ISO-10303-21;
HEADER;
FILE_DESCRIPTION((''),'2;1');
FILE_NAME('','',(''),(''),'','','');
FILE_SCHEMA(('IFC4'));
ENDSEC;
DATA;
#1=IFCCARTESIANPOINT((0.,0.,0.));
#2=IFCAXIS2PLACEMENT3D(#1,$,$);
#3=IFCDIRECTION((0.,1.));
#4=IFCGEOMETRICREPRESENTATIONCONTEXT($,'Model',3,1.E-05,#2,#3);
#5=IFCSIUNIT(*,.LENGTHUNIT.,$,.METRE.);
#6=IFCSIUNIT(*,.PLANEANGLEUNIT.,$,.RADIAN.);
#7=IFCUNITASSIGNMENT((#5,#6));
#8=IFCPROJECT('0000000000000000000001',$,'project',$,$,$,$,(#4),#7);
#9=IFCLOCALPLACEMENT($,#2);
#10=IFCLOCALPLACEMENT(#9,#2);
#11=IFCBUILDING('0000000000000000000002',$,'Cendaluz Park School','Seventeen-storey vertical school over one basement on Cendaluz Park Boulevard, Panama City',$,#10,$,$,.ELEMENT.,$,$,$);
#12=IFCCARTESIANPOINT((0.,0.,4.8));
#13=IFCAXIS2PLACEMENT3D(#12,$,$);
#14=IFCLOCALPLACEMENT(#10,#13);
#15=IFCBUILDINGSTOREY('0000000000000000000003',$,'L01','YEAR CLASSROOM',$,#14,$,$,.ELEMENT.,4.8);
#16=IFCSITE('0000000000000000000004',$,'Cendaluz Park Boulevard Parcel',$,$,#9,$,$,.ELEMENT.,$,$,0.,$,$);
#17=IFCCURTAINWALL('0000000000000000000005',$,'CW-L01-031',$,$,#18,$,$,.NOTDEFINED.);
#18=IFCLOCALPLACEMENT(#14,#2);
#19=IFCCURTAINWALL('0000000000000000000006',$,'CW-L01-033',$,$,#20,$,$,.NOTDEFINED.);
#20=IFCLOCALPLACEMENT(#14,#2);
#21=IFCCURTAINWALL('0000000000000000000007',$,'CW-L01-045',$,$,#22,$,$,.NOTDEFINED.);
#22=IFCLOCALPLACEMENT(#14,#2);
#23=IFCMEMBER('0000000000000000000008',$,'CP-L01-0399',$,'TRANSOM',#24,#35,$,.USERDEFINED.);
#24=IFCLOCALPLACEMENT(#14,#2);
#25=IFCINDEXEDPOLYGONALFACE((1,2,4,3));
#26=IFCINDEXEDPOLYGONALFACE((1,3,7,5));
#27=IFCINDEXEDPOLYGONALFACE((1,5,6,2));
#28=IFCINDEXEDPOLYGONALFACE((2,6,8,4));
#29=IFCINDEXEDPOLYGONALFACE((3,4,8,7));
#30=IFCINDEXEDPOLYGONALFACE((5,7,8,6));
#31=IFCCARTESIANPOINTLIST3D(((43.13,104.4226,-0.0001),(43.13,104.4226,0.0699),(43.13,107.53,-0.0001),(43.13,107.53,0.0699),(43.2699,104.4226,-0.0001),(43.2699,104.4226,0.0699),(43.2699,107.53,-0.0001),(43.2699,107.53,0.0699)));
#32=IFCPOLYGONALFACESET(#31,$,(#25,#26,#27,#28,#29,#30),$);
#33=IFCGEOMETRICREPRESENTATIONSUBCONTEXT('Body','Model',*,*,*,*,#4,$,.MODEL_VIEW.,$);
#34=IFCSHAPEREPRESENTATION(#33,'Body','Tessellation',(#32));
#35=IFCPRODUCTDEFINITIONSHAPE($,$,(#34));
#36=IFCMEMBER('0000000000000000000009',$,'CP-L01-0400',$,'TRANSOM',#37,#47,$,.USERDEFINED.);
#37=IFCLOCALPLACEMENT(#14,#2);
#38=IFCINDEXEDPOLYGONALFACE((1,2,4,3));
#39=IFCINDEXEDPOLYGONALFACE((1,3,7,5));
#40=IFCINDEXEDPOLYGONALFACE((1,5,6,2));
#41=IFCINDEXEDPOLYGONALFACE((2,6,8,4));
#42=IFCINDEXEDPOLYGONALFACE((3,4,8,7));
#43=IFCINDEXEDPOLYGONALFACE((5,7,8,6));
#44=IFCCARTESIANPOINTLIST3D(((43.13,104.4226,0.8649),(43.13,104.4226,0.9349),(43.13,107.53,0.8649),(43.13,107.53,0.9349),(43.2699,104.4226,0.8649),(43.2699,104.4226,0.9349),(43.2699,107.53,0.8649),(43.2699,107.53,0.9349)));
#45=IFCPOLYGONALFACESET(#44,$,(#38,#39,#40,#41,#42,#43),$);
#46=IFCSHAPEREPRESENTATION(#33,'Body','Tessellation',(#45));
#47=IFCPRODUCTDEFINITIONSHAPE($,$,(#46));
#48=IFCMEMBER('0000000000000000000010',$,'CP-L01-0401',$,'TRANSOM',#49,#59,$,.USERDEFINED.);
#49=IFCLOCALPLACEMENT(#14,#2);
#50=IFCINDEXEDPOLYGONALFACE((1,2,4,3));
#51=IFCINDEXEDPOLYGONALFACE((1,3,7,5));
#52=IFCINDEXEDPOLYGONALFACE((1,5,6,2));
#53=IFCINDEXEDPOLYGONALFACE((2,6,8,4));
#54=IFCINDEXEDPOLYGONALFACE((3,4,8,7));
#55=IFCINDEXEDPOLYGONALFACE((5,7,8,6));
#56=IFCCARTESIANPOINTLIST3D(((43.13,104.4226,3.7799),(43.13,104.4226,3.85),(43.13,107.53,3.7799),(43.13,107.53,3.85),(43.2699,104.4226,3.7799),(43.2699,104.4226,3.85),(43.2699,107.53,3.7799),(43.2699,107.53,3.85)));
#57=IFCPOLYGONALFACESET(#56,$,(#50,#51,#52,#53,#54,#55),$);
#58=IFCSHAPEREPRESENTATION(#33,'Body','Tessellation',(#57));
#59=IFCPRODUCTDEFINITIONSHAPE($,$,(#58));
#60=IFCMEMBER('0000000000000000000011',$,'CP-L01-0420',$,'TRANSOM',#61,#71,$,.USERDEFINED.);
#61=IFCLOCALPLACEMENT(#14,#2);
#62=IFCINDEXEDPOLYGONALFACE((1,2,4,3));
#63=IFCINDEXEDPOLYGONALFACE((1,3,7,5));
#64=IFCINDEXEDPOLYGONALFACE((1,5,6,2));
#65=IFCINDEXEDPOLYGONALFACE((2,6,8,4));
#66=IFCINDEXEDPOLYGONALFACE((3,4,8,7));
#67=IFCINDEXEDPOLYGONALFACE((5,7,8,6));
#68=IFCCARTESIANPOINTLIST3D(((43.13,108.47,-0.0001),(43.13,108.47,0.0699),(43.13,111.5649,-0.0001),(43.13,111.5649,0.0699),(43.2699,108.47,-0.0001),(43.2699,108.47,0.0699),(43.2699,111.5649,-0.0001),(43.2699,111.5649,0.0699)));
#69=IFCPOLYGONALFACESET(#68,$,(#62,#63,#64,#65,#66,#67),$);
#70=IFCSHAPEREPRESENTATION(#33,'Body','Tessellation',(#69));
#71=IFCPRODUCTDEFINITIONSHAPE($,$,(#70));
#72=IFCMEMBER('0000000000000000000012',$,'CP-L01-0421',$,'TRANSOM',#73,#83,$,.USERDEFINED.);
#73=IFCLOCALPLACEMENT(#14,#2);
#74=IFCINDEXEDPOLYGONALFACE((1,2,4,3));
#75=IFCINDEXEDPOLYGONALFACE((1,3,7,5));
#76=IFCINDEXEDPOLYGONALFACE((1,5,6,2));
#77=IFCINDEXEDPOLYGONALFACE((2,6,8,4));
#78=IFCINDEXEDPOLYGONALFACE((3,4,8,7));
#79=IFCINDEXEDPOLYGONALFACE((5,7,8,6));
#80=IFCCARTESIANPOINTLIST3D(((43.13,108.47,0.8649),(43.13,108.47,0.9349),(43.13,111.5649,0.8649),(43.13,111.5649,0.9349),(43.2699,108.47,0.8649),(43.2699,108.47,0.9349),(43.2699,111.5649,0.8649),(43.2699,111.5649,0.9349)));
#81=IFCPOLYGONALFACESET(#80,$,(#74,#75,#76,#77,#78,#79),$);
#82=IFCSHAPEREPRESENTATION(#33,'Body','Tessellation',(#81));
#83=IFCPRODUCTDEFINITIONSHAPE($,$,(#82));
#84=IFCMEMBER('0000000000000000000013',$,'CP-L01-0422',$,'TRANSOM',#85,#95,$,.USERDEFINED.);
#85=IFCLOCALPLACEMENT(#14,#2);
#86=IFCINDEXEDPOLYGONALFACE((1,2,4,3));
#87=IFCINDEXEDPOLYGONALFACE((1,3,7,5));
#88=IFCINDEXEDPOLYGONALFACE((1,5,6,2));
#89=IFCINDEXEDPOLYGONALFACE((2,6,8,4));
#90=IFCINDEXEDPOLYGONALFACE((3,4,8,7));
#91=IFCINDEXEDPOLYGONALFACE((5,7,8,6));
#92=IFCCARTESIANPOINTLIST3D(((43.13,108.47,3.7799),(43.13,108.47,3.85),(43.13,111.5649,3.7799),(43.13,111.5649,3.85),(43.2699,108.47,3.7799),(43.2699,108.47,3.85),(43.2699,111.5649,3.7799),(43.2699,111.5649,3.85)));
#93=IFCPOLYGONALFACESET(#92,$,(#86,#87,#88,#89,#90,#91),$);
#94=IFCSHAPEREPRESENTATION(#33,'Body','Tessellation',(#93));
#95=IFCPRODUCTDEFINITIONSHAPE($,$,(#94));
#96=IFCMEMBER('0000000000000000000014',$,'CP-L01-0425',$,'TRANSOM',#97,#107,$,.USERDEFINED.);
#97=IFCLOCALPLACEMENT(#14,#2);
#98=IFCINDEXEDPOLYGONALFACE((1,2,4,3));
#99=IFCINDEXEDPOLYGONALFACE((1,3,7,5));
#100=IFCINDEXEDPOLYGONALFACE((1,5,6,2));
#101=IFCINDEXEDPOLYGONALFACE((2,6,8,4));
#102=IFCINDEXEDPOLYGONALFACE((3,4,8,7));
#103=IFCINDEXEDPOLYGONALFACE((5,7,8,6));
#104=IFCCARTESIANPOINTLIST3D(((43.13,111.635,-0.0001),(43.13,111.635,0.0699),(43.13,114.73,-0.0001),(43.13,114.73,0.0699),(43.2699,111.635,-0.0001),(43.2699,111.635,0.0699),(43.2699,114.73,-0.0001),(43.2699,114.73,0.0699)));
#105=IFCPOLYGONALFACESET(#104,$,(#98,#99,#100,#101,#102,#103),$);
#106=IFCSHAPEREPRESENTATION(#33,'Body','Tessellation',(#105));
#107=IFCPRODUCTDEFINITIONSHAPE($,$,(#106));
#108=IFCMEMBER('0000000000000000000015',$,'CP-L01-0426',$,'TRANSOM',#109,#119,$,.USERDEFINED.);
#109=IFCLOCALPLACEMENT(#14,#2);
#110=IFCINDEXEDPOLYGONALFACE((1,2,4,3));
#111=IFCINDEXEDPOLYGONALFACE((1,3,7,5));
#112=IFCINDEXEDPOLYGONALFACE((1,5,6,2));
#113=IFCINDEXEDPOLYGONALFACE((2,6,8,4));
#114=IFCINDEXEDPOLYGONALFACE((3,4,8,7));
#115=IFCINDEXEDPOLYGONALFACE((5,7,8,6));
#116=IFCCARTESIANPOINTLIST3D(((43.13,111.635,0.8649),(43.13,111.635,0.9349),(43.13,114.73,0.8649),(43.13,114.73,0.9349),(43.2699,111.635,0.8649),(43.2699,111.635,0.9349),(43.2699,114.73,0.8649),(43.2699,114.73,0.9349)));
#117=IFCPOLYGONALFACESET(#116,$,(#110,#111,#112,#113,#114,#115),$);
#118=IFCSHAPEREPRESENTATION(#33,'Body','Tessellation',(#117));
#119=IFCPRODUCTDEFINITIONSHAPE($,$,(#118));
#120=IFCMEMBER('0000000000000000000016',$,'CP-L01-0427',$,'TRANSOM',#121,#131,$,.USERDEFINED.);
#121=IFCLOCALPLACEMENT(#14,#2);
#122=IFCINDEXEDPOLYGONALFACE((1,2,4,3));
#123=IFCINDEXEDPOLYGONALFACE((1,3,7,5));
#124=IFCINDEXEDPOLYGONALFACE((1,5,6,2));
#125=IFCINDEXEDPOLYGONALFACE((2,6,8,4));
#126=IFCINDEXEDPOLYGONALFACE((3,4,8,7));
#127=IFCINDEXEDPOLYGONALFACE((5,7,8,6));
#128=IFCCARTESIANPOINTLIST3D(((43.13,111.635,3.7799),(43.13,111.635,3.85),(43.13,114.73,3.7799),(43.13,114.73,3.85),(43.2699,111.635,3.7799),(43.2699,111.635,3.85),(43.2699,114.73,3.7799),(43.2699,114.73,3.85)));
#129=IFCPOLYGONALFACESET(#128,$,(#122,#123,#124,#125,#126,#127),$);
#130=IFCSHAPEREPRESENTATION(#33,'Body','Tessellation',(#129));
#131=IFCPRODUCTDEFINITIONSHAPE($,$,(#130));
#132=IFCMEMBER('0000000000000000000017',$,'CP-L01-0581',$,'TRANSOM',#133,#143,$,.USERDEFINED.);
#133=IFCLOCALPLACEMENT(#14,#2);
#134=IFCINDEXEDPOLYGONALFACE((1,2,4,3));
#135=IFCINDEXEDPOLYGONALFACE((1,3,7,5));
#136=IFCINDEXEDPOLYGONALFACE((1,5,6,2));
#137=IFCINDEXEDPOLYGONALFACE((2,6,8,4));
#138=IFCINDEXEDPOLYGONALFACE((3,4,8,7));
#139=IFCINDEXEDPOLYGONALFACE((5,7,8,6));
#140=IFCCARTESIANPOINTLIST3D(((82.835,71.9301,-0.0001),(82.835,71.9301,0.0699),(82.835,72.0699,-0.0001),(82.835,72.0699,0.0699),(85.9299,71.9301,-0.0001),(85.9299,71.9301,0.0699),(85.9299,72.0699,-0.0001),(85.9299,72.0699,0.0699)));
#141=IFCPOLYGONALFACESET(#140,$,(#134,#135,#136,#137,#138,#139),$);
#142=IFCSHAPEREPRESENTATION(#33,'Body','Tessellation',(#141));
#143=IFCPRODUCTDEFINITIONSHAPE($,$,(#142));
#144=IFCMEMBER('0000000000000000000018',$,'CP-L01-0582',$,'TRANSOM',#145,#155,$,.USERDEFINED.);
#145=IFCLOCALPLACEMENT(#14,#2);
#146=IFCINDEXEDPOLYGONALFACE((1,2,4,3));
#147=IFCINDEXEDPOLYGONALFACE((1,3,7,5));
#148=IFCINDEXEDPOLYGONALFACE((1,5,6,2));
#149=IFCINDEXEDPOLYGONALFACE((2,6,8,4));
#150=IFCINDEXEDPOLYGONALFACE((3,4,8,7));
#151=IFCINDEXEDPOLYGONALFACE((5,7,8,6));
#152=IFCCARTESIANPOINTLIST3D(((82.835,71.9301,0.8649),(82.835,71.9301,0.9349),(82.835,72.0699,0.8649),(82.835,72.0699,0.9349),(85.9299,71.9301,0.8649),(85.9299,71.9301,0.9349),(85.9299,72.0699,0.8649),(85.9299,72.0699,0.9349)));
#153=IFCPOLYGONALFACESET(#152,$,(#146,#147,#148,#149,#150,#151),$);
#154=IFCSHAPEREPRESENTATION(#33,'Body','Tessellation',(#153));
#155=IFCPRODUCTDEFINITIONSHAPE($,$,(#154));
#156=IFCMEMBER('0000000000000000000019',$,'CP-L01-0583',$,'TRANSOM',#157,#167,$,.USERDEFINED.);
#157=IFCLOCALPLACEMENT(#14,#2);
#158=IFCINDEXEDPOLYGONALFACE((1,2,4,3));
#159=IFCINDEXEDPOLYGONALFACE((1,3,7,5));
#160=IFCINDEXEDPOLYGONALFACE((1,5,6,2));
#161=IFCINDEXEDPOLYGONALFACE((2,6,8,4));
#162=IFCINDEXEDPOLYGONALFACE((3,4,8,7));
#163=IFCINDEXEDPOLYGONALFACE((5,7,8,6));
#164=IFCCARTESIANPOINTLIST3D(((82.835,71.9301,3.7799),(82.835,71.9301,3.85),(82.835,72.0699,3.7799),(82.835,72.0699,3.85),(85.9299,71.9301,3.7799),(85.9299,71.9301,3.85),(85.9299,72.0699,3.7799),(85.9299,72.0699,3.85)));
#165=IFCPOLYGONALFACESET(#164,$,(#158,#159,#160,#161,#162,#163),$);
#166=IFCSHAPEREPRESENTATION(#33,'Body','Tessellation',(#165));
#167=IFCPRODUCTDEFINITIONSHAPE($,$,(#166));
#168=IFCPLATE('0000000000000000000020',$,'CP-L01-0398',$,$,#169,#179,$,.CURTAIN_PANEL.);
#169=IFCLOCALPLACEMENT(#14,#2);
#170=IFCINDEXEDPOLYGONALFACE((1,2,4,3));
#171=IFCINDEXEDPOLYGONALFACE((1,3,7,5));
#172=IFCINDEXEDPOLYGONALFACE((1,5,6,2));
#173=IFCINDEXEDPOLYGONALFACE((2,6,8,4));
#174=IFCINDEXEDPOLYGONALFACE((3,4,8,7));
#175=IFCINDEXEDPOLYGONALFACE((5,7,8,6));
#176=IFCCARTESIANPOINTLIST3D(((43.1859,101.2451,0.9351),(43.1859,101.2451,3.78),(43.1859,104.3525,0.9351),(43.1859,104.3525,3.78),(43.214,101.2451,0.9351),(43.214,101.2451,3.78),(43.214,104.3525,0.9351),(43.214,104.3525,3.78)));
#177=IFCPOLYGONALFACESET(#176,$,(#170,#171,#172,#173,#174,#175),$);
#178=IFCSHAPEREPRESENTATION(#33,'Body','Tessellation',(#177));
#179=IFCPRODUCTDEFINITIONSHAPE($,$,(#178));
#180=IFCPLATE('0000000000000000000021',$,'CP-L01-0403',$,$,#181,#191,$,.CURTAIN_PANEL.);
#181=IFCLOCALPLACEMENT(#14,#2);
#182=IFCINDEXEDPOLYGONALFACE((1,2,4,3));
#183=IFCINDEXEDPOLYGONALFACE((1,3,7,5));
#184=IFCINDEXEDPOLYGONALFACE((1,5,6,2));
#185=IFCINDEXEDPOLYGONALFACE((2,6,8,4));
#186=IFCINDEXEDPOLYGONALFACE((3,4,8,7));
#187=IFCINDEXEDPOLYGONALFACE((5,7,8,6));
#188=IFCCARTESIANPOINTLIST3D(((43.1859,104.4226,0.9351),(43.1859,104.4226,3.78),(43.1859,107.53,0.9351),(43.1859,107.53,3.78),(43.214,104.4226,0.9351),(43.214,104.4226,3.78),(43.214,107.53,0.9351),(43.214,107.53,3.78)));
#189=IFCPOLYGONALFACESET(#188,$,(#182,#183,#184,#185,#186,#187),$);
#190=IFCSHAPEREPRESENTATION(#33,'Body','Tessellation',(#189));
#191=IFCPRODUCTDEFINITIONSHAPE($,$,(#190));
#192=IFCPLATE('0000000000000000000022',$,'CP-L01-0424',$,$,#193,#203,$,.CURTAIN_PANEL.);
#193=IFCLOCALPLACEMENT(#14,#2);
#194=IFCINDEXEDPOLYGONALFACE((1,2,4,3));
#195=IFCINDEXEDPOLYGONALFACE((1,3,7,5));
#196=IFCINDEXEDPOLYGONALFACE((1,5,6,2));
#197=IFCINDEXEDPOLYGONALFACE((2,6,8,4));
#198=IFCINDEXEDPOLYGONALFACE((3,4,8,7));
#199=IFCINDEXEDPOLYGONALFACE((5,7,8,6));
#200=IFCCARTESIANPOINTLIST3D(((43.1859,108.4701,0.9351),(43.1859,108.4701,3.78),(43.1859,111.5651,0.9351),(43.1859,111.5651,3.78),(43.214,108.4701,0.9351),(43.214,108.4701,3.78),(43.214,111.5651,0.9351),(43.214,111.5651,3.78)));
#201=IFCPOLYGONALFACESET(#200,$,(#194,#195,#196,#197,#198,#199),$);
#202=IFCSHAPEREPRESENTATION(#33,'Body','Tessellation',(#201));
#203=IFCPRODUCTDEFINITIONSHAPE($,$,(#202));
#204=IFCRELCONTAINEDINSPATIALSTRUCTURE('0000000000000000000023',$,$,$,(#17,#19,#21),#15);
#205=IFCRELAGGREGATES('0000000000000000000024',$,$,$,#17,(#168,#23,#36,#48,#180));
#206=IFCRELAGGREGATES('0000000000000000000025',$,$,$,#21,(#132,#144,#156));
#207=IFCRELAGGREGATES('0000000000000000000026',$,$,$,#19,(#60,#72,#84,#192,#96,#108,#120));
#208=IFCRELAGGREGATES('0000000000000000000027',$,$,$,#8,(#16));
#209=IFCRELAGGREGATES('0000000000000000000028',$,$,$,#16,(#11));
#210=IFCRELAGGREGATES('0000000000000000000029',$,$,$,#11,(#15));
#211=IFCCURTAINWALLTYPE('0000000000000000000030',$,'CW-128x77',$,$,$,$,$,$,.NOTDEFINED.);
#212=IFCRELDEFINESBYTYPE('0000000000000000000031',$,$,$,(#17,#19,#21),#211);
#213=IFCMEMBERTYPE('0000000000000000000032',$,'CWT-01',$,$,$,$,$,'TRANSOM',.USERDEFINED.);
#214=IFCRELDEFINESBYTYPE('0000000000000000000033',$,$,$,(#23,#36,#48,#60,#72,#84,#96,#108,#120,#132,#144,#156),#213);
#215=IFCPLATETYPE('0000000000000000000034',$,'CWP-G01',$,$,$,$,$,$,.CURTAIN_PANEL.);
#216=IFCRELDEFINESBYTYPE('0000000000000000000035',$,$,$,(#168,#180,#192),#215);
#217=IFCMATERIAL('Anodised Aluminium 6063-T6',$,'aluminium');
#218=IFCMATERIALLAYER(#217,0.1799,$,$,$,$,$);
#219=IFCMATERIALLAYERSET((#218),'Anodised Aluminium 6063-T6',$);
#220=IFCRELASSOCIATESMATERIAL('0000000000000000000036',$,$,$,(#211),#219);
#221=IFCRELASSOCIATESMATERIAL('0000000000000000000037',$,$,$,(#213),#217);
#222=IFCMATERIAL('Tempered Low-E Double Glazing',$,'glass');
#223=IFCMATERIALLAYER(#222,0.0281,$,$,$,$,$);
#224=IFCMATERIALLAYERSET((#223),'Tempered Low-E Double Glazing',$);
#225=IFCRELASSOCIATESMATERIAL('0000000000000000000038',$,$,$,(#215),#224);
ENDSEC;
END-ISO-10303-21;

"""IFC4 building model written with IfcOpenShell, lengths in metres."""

from ifc_helpers import new_model, si_unit, direction, frame, origin, origin_2d, place, context, subcontext, project, spatial, rectangle, extrude, material, layer, layer_set, material_profile, profile_set, type_object, element, aggregate, save


model = new_model("IFC4")

# Units and contexts
model_context = context("Model", 3, precision=1e-05, world=origin(), true_north=direction((0.0, 1.0)))
body_context = subcontext(model_context, "Body", "Model", "MODEL_VIEW")
ifc_project = project(units=[si_unit("LENGTHUNIT", "METRE"), si_unit("PLANEANGLEUNIT", "RADIAN")], contexts=[model_context])

# Site, building, storey
site_placement = place(None, origin())
site = spatial("IfcSite", under=ifc_project, at=site_placement, Name="Cendaluz Park Boulevard Parcel", CompositionType="ELEMENT", RefElevation=0.0)
building_placement = place(site_placement, origin())
building = spatial("IfcBuilding", under=site, at=building_placement, Name="Cendaluz Park School", Description="Seventeen-storey vertical school over one basement on Cendaluz Park Boulevard, Panama City", CompositionType="ELEMENT")
storey_placement = place(building_placement, frame((0.0, 0.0, 4.8)))
storey = spatial("IfcBuildingStorey", under=building, at=storey_placement, Name="L01", Description="YEAR CLASSROOM", CompositionType="ELEMENT", Elevation=4.8)

# Curtain walls
ifc_material_1 = material(Name="Anodised Aluminium 6063-T6", Category="aluminium")
ifc_layer_1 = layer(ifc_material_1, 0.1799)
ifc_layer_set_1 = layer_set([ifc_layer_1], Name="Anodised Aluminium 6063-T6")
curtain_wall_type = type_object("IfcCurtainWallType", Name="CW-128x77", PredefinedType="NOTDEFINED", material=ifc_layer_set_1)
curtain_wall_1_placement = place(storey_placement, origin())
curtain_wall_1 = element("IfcCurtainWall", 1, at=curtain_wall_1_placement, inside=storey, type_object=curtain_wall_type, Name="CW-L01-031", PredefinedType="NOTDEFINED")
curtain_wall_2_placement = place(storey_placement, origin())
curtain_wall_2 = element("IfcCurtainWall", 2, at=curtain_wall_2_placement, inside=storey, type_object=curtain_wall_type, Name="CW-L01-033", PredefinedType="NOTDEFINED")
curtain_wall_3_placement = place(storey_placement, origin())
curtain_wall_3 = element("IfcCurtainWall", 3, at=curtain_wall_3_placement, inside=storey, type_object=curtain_wall_type, Name="CW-L01-045", PredefinedType="NOTDEFINED")

# Members
ifc_material_profile_1 = material_profile(ifc_material_1, rectangle(XDim=0.1399, YDim=0.0701, at=origin_2d()), Name="CWT 140x70", Category="aluminium")
ifc_profile_set_1 = profile_set([ifc_material_profile_1], Name="Anodised Aluminium 6063-T6")
member_type_1 = type_object("IfcMemberType", Name="CWT-01", ElementType="TRANSOM", PredefinedType="USERDEFINED", material=ifc_profile_set_1)
member_1_placement = place(storey_placement, frame((43.2, 104.4226, 0.0349), z_axis=(0.0, 1.0, 0.0), x_axis=(-1.0, 0.0, 0.0)))
member_1 = element("IfcMember", 4, at=member_1_placement, type_object=member_type_1, Name="CP-L01-0399", ObjectType="TRANSOM", PredefinedType="USERDEFINED", context=body_context, shape_type="SweptSolid", body=[
    extrude(rectangle(XDim=0.1399, YDim=0.0701, at=origin_2d()), origin(), (0.0, 0.0, 1.0), 3.1074),
])
member_2_placement = place(storey_placement, frame((43.2, 104.4226, 0.8999), z_axis=(0.0, 1.0, 0.0), x_axis=(-1.0, 0.0, 0.0)))
member_2 = element("IfcMember", 5, at=member_2_placement, type_object=member_type_1, Name="CP-L01-0400", ObjectType="TRANSOM", PredefinedType="USERDEFINED", context=body_context, shape_type="SweptSolid", body=[
    extrude(rectangle(XDim=0.1399, YDim=0.0701, at=origin_2d()), origin(), (0.0, 0.0, 1.0), 3.1074),
])
member_3_placement = place(storey_placement, frame((43.2, 104.4226, 3.8149), z_axis=(0.0, 1.0, 0.0), x_axis=(-1.0, 0.0, 0.0)))
member_3 = element("IfcMember", 6, at=member_3_placement, type_object=member_type_1, Name="CP-L01-0401", ObjectType="TRANSOM", PredefinedType="USERDEFINED", context=body_context, shape_type="SweptSolid", body=[
    extrude(rectangle(XDim=0.1399, YDim=0.0701, at=origin_2d()), origin(), (0.0, 0.0, 1.0), 3.1074),
])
member_4_placement = place(storey_placement, frame((43.2, 108.47, 0.0349), z_axis=(0.0, 1.0, 0.0), x_axis=(-1.0, 0.0, 0.0)))
member_4 = element("IfcMember", 7, at=member_4_placement, type_object=member_type_1, Name="CP-L01-0420", ObjectType="TRANSOM", PredefinedType="USERDEFINED", context=body_context, shape_type="SweptSolid", body=[
    extrude(rectangle(XDim=0.1399, YDim=0.0701, at=origin_2d()), origin(), (0.0, 0.0, 1.0), 3.095),
])
member_5_placement = place(storey_placement, frame((43.2, 108.47, 0.8999), z_axis=(0.0, 1.0, 0.0), x_axis=(-1.0, 0.0, 0.0)))
member_5 = element("IfcMember", 8, at=member_5_placement, type_object=member_type_1, Name="CP-L01-0421", ObjectType="TRANSOM", PredefinedType="USERDEFINED", context=body_context, shape_type="SweptSolid", body=[
    extrude(rectangle(XDim=0.1399, YDim=0.0701, at=origin_2d()), origin(), (0.0, 0.0, 1.0), 3.095),
])
member_6_placement = place(storey_placement, frame((43.2, 108.47, 3.8149), z_axis=(0.0, 1.0, 0.0), x_axis=(-1.0, 0.0, 0.0)))
member_6 = element("IfcMember", 9, at=member_6_placement, type_object=member_type_1, Name="CP-L01-0422", ObjectType="TRANSOM", PredefinedType="USERDEFINED", context=body_context, shape_type="SweptSolid", body=[
    extrude(rectangle(XDim=0.1399, YDim=0.0701, at=origin_2d()), origin(), (0.0, 0.0, 1.0), 3.095),
])
member_7_placement = place(storey_placement, frame((43.2, 111.635, 0.0349), z_axis=(0.0, 1.0, 0.0), x_axis=(-1.0, 0.0, 0.0)))
member_7 = element("IfcMember", 10, at=member_7_placement, type_object=member_type_1, Name="CP-L01-0425", ObjectType="TRANSOM", PredefinedType="USERDEFINED", context=body_context, shape_type="SweptSolid", body=[
    extrude(rectangle(XDim=0.1399, YDim=0.0701, at=origin_2d()), origin(), (0.0, 0.0, 1.0), 3.095),
])
member_8_placement = place(storey_placement, frame((43.2, 111.635, 0.8999), z_axis=(0.0, 1.0, 0.0), x_axis=(-1.0, 0.0, 0.0)))
member_8 = element("IfcMember", 11, at=member_8_placement, type_object=member_type_1, Name="CP-L01-0426", ObjectType="TRANSOM", PredefinedType="USERDEFINED", context=body_context, shape_type="SweptSolid", body=[
    extrude(rectangle(XDim=0.1399, YDim=0.0701, at=origin_2d()), origin(), (0.0, 0.0, 1.0), 3.095),
])
member_9_placement = place(storey_placement, frame((43.2, 111.635, 3.8149), z_axis=(0.0, 1.0, 0.0), x_axis=(-1.0, 0.0, 0.0)))
member_9 = element("IfcMember", 12, at=member_9_placement, type_object=member_type_1, Name="CP-L01-0427", ObjectType="TRANSOM", PredefinedType="USERDEFINED", context=body_context, shape_type="SweptSolid", body=[
    extrude(rectangle(XDim=0.1399, YDim=0.0701, at=origin_2d()), origin(), (0.0, 0.0, 1.0), 3.095),
])
member_10_placement = place(storey_placement, frame((82.835, 72.0, 0.0349), z_axis=(1.0, 0.0, 0.0), x_axis=(0.0, 1.0, 0.0)))
member_10 = element("IfcMember", 13, at=member_10_placement, type_object=member_type_1, Name="CP-L01-0581", ObjectType="TRANSOM", PredefinedType="USERDEFINED", context=body_context, shape_type="SweptSolid", body=[
    extrude(rectangle(XDim=0.1399, YDim=0.0701, at=origin_2d()), origin(), (0.0, 0.0, 1.0), 3.095),
])
member_11_placement = place(storey_placement, frame((82.835, 72.0, 0.8999), z_axis=(1.0, 0.0, 0.0), x_axis=(0.0, 1.0, 0.0)))
member_11 = element("IfcMember", 14, at=member_11_placement, type_object=member_type_1, Name="CP-L01-0582", ObjectType="TRANSOM", PredefinedType="USERDEFINED", context=body_context, shape_type="SweptSolid", body=[
    extrude(rectangle(XDim=0.1399, YDim=0.0701, at=origin_2d()), origin(), (0.0, 0.0, 1.0), 3.095),
])
member_12_placement = place(storey_placement, frame((82.835, 72.0, 3.8149), z_axis=(1.0, 0.0, 0.0), x_axis=(0.0, 1.0, 0.0)))
member_12 = element("IfcMember", 15, at=member_12_placement, type_object=member_type_1, Name="CP-L01-0583", ObjectType="TRANSOM", PredefinedType="USERDEFINED", context=body_context, shape_type="SweptSolid", body=[
    extrude(rectangle(XDim=0.1399, YDim=0.0701, at=origin_2d()), origin(), (0.0, 0.0, 1.0), 3.095),
])

# Plates
ifc_material_2 = material(Name="Tempered Low-E Double Glazing", Category="glass")
ifc_layer_2 = layer(ifc_material_2, 0.0281)
ifc_layer_set_2 = layer_set([ifc_layer_2], Name="Tempered Low-E Double Glazing")
plate_type_1 = type_object("IfcPlateType", Name="CWP-G01", PredefinedType="CURTAIN_PANEL", material=ifc_layer_set_2)
plate_1_placement = place(storey_placement, frame((43.2, 102.7988, 0.9351), z_axis=(0.0, 0.0, 1.0), x_axis=(0.0, 1.0, 0.0)))
plate_1 = element("IfcPlate", 16, at=plate_1_placement, type_object=plate_type_1, Name="CP-L01-0398", PredefinedType="CURTAIN_PANEL", context=body_context, shape_type="SweptSolid", body=[
    extrude(rectangle(XDim=3.1074, YDim=0.0281, at=origin_2d()), origin(), (0.0, 0.0, 1.0), 2.845),
])
plate_2_placement = place(storey_placement, frame((43.2, 105.9763, 0.9351), z_axis=(0.0, 0.0, 1.0), x_axis=(0.0, 1.0, 0.0)))
plate_2 = element("IfcPlate", 17, at=plate_2_placement, type_object=plate_type_1, Name="CP-L01-0403", PredefinedType="CURTAIN_PANEL", context=body_context, shape_type="SweptSolid", body=[
    extrude(rectangle(XDim=3.1074, YDim=0.0281, at=origin_2d()), origin(), (0.0, 0.0, 1.0), 2.845),
])
plate_3_placement = place(storey_placement, frame((43.2, 110.0176, 0.9351), z_axis=(0.0, 0.0, 1.0), x_axis=(0.0, 1.0, 0.0)))
plate_3 = element("IfcPlate", 18, at=plate_3_placement, type_object=plate_type_1, Name="CP-L01-0424", PredefinedType="CURTAIN_PANEL", context=body_context, shape_type="SweptSolid", body=[
    extrude(rectangle(XDim=3.095, YDim=0.0281, at=origin_2d()), origin(), (0.0, 0.0, 1.0), 2.845),
])
aggregate(curtain_wall_1, [plate_1, member_1, member_2, member_3, plate_2])
aggregate(curtain_wall_3, [member_10, member_11, member_12])
aggregate(curtain_wall_2, [member_4, member_5, member_6, plate_3, member_7, member_8, member_9])

save(model, "model.ifc")
